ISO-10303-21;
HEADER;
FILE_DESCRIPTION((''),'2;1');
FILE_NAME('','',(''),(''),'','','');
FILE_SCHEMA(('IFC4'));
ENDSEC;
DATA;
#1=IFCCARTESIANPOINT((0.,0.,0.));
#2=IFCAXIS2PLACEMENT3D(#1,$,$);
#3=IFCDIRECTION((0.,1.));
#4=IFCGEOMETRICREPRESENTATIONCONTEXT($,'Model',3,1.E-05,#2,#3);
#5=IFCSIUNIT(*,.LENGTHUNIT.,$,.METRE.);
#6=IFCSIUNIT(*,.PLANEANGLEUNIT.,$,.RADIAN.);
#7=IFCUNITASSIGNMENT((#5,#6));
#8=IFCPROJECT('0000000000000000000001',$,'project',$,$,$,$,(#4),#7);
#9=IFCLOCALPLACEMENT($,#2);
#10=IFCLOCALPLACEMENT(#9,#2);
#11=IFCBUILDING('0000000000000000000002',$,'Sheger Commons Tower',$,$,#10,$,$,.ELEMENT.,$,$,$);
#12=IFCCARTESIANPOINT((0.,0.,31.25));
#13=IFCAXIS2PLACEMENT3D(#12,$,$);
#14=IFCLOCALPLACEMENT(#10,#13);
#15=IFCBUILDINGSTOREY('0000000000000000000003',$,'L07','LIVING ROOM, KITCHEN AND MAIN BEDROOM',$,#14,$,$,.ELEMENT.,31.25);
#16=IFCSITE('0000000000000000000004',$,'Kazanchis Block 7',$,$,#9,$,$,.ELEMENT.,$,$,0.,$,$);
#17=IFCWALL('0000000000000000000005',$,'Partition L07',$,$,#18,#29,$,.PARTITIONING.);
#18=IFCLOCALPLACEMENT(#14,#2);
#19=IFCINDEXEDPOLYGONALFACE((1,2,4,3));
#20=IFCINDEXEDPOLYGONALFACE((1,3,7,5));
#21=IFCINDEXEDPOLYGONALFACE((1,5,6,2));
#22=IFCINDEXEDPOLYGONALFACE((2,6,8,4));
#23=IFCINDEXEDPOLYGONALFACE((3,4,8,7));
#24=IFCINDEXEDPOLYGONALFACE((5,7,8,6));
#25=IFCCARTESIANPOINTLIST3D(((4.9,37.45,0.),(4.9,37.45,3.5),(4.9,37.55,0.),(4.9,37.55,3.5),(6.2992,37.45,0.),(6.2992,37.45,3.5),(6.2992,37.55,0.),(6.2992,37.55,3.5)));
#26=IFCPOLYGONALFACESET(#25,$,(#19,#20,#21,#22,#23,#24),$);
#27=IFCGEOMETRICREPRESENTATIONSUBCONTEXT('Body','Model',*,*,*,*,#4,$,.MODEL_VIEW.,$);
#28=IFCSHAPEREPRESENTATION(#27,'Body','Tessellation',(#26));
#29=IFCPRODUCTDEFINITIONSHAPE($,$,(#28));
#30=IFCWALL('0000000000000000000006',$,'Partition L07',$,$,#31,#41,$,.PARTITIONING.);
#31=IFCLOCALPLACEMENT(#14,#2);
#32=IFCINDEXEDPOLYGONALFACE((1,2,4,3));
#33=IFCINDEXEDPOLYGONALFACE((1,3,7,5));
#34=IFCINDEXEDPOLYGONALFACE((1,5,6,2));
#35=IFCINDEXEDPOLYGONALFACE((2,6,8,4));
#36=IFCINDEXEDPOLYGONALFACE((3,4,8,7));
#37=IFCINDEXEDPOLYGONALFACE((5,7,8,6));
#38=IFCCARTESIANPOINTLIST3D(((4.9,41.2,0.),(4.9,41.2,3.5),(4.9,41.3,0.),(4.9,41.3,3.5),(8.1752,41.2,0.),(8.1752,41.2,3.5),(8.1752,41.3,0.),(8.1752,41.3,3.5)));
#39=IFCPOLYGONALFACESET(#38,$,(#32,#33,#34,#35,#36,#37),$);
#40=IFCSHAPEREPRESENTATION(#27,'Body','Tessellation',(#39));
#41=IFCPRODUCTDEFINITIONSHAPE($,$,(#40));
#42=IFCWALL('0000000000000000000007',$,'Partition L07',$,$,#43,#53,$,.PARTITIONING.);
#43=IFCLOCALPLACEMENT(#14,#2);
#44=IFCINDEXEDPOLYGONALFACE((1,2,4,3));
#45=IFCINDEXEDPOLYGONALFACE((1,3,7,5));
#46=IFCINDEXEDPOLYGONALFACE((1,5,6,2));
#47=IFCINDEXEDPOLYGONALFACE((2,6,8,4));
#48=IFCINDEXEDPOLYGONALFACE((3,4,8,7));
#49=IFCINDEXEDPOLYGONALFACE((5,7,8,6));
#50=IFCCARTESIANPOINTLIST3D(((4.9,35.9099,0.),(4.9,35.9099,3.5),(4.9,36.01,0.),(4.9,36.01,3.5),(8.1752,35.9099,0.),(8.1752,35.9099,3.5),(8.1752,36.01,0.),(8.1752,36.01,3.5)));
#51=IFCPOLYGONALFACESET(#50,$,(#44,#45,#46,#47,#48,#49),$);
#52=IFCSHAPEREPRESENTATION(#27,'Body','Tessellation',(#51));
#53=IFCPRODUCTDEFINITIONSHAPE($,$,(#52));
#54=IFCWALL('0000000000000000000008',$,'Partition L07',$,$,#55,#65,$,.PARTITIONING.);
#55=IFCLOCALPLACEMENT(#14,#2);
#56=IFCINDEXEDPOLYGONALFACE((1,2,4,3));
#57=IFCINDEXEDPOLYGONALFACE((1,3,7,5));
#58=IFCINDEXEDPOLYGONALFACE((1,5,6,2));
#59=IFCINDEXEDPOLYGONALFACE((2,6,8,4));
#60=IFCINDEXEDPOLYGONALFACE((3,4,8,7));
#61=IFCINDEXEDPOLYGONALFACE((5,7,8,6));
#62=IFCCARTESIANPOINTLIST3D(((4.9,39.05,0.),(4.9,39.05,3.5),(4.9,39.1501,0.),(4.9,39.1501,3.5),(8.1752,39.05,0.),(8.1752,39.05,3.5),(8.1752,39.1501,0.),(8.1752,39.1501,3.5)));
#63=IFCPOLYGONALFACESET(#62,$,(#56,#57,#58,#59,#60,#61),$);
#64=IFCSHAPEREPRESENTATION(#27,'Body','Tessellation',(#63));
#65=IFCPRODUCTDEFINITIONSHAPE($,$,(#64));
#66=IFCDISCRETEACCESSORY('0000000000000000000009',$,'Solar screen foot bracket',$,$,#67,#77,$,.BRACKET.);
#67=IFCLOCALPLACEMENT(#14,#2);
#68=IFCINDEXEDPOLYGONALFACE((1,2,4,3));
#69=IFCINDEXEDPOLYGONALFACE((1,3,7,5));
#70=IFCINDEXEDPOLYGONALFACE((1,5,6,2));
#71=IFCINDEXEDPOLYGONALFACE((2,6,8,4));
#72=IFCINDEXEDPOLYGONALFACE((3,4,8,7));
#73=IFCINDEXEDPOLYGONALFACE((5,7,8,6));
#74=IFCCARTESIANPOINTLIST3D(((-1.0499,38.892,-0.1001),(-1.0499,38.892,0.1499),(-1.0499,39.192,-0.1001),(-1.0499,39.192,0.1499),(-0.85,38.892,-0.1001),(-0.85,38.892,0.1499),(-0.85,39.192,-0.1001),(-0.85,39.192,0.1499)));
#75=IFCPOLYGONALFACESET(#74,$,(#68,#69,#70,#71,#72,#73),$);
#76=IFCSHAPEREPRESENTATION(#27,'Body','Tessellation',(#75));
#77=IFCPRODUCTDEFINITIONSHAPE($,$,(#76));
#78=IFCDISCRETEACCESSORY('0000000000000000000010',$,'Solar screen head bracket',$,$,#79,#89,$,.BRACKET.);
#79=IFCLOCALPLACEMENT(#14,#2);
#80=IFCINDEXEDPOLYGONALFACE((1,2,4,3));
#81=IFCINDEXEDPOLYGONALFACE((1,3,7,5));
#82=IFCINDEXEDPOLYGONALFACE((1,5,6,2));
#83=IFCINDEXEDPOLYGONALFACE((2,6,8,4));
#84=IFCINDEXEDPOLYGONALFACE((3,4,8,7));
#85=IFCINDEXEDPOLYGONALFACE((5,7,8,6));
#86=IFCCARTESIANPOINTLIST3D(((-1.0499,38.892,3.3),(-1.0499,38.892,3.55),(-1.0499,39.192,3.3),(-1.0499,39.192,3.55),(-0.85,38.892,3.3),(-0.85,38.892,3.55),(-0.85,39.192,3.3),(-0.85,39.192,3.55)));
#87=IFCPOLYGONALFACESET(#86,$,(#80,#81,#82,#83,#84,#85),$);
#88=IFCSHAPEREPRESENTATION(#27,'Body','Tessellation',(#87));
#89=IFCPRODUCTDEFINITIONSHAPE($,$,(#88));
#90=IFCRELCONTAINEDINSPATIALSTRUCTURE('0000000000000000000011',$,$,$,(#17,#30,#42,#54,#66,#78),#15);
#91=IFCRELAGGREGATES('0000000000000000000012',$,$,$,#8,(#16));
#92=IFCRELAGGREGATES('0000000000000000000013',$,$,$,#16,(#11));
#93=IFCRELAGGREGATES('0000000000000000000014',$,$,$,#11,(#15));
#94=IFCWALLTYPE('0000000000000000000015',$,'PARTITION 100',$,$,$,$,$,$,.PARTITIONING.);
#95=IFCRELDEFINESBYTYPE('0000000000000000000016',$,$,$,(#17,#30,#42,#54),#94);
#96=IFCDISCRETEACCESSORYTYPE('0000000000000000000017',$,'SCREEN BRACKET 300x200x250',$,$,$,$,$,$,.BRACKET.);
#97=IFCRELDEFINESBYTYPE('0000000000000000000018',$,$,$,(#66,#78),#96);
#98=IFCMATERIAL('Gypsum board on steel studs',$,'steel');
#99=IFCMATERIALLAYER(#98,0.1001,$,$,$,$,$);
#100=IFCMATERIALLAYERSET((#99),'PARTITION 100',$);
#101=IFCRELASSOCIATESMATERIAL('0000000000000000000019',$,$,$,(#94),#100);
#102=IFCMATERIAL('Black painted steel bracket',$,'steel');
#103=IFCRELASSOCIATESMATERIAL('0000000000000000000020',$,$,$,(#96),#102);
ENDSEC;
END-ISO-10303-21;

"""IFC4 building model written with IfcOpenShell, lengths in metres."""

from ifc_helpers import new_model, si_unit, direction, frame, frame_2d, origin, origin_2d, place, context, subcontext, project, spatial, rectangle, extrude, material, layer, layer_set, type_object, element, save


model = new_model("IFC4")

# Units and contexts
model_context = context("Model", 3, precision=1e-05, world=origin(), true_north=direction((0.0, 1.0)))
body_context = subcontext(model_context, "Body", "Model", "MODEL_VIEW")
ifc_project = project(units=[si_unit("LENGTHUNIT", "METRE"), si_unit("PLANEANGLEUNIT", "RADIAN")], contexts=[model_context])

# Site, building, storey
site_placement = place(None, origin())
site = spatial("IfcSite", under=ifc_project, at=site_placement, Name="Kazanchis Block 7", CompositionType="ELEMENT", RefElevation=0.0)
building_placement = place(site_placement, origin())
building = spatial("IfcBuilding", under=site, at=building_placement, Name="Sheger Commons Tower", CompositionType="ELEMENT")
storey_placement = place(building_placement, frame((0.0, 0.0, 31.25)))
storey = spatial("IfcBuildingStorey", under=building, at=storey_placement, Name="L07", Description="LIVING ROOM, KITCHEN AND MAIN BEDROOM", CompositionType="ELEMENT", Elevation=31.25)

# Shared definitions
ifc_material_1 = material(Name="Gypsum board on steel studs", Category="steel")
ifc_layer_1 = layer(ifc_material_1, 0.1001)
ifc_layer_set_1 = layer_set([ifc_layer_1], Name="PARTITION 100")
wall_type = type_object("IfcWallType", Name="PARTITION 100", PredefinedType="PARTITIONING", material=ifc_layer_set_1)

# Walls
wall_1_placement = place(storey_placement, frame((4.8999, 37.5, 0.0), z_axis=(0.0, 0.0, 1.0), x_axis=(1.0, 0.0, 0.0)))
element("IfcWall", 1, at=wall_1_placement, inside=storey, type_object=wall_type, Name="Partition L07", PredefinedType="PARTITIONING", context=body_context, shape_type="SweptSolid", body=[
    extrude(rectangle(XDim=1.3992, YDim=0.1001, at=frame_2d((0.6997, 0.0))), origin(), (0.0, 0.0, 1.0), 3.5),
])
for number, where, z_axis, x_axis, name in (
    (2, (4.8999, 41.25, 0.0), (0.0, 0.0, 1.0), (1.0, 0.0, 0.0), "Partition L07"),
    (3, (4.8999, 35.96, 0.0), (0.0, 0.0, 1.0), (1.0, 0.0, 0.0), "Partition L07"),
    (4, (4.8999, 39.1001, 0.0), (0.0, 0.0, 1.0), (1.0, 0.0, 0.0), "Partition L07"),
):
    element("IfcWall", number, at=place(storey_placement, frame(where, z_axis=z_axis, x_axis=x_axis)), inside=storey, type_object=wall_type, Name=name, PredefinedType="PARTITIONING", context=body_context, shape_type="SweptSolid", body=[
        extrude(rectangle(XDim=3.2751, YDim=0.1001, at=frame_2d((1.6377, 0.0))), origin(), (0.0, 0.0, 1.0), 3.5),
    ])

# Discrete accessories
ifc_material_2 = material(Name="Black painted steel bracket", Category="steel")
discrete_accessory_type = type_object("IfcDiscreteAccessoryType", Name="SCREEN BRACKET 300x200x250", PredefinedType="BRACKET", material=ifc_material_2)
for number, where, z_axis, x_axis, name in (
    (5, (-0.95, 39.042, -0.1001), (0.0, 0.0, 1.0), (0.0, -1.0, 0.0), "Solar screen foot bracket"),
    (6, (-0.95, 39.042, 3.3), (0.0, 0.0, 1.0), (0.0, -1.0, 0.0), "Solar screen head bracket"),
):
    element("IfcDiscreteAccessory", number, at=place(storey_placement, frame(where, z_axis=z_axis, x_axis=x_axis)), inside=storey, type_object=discrete_accessory_type, Name=name, PredefinedType="BRACKET", context=body_context, shape_type="SweptSolid", body=[
        extrude(rectangle(XDim=0.3, YDim=0.2, at=origin_2d()), origin(), (0.0, 0.0, 1.0), 0.25),
    ])

save(model, "model.ifc")
